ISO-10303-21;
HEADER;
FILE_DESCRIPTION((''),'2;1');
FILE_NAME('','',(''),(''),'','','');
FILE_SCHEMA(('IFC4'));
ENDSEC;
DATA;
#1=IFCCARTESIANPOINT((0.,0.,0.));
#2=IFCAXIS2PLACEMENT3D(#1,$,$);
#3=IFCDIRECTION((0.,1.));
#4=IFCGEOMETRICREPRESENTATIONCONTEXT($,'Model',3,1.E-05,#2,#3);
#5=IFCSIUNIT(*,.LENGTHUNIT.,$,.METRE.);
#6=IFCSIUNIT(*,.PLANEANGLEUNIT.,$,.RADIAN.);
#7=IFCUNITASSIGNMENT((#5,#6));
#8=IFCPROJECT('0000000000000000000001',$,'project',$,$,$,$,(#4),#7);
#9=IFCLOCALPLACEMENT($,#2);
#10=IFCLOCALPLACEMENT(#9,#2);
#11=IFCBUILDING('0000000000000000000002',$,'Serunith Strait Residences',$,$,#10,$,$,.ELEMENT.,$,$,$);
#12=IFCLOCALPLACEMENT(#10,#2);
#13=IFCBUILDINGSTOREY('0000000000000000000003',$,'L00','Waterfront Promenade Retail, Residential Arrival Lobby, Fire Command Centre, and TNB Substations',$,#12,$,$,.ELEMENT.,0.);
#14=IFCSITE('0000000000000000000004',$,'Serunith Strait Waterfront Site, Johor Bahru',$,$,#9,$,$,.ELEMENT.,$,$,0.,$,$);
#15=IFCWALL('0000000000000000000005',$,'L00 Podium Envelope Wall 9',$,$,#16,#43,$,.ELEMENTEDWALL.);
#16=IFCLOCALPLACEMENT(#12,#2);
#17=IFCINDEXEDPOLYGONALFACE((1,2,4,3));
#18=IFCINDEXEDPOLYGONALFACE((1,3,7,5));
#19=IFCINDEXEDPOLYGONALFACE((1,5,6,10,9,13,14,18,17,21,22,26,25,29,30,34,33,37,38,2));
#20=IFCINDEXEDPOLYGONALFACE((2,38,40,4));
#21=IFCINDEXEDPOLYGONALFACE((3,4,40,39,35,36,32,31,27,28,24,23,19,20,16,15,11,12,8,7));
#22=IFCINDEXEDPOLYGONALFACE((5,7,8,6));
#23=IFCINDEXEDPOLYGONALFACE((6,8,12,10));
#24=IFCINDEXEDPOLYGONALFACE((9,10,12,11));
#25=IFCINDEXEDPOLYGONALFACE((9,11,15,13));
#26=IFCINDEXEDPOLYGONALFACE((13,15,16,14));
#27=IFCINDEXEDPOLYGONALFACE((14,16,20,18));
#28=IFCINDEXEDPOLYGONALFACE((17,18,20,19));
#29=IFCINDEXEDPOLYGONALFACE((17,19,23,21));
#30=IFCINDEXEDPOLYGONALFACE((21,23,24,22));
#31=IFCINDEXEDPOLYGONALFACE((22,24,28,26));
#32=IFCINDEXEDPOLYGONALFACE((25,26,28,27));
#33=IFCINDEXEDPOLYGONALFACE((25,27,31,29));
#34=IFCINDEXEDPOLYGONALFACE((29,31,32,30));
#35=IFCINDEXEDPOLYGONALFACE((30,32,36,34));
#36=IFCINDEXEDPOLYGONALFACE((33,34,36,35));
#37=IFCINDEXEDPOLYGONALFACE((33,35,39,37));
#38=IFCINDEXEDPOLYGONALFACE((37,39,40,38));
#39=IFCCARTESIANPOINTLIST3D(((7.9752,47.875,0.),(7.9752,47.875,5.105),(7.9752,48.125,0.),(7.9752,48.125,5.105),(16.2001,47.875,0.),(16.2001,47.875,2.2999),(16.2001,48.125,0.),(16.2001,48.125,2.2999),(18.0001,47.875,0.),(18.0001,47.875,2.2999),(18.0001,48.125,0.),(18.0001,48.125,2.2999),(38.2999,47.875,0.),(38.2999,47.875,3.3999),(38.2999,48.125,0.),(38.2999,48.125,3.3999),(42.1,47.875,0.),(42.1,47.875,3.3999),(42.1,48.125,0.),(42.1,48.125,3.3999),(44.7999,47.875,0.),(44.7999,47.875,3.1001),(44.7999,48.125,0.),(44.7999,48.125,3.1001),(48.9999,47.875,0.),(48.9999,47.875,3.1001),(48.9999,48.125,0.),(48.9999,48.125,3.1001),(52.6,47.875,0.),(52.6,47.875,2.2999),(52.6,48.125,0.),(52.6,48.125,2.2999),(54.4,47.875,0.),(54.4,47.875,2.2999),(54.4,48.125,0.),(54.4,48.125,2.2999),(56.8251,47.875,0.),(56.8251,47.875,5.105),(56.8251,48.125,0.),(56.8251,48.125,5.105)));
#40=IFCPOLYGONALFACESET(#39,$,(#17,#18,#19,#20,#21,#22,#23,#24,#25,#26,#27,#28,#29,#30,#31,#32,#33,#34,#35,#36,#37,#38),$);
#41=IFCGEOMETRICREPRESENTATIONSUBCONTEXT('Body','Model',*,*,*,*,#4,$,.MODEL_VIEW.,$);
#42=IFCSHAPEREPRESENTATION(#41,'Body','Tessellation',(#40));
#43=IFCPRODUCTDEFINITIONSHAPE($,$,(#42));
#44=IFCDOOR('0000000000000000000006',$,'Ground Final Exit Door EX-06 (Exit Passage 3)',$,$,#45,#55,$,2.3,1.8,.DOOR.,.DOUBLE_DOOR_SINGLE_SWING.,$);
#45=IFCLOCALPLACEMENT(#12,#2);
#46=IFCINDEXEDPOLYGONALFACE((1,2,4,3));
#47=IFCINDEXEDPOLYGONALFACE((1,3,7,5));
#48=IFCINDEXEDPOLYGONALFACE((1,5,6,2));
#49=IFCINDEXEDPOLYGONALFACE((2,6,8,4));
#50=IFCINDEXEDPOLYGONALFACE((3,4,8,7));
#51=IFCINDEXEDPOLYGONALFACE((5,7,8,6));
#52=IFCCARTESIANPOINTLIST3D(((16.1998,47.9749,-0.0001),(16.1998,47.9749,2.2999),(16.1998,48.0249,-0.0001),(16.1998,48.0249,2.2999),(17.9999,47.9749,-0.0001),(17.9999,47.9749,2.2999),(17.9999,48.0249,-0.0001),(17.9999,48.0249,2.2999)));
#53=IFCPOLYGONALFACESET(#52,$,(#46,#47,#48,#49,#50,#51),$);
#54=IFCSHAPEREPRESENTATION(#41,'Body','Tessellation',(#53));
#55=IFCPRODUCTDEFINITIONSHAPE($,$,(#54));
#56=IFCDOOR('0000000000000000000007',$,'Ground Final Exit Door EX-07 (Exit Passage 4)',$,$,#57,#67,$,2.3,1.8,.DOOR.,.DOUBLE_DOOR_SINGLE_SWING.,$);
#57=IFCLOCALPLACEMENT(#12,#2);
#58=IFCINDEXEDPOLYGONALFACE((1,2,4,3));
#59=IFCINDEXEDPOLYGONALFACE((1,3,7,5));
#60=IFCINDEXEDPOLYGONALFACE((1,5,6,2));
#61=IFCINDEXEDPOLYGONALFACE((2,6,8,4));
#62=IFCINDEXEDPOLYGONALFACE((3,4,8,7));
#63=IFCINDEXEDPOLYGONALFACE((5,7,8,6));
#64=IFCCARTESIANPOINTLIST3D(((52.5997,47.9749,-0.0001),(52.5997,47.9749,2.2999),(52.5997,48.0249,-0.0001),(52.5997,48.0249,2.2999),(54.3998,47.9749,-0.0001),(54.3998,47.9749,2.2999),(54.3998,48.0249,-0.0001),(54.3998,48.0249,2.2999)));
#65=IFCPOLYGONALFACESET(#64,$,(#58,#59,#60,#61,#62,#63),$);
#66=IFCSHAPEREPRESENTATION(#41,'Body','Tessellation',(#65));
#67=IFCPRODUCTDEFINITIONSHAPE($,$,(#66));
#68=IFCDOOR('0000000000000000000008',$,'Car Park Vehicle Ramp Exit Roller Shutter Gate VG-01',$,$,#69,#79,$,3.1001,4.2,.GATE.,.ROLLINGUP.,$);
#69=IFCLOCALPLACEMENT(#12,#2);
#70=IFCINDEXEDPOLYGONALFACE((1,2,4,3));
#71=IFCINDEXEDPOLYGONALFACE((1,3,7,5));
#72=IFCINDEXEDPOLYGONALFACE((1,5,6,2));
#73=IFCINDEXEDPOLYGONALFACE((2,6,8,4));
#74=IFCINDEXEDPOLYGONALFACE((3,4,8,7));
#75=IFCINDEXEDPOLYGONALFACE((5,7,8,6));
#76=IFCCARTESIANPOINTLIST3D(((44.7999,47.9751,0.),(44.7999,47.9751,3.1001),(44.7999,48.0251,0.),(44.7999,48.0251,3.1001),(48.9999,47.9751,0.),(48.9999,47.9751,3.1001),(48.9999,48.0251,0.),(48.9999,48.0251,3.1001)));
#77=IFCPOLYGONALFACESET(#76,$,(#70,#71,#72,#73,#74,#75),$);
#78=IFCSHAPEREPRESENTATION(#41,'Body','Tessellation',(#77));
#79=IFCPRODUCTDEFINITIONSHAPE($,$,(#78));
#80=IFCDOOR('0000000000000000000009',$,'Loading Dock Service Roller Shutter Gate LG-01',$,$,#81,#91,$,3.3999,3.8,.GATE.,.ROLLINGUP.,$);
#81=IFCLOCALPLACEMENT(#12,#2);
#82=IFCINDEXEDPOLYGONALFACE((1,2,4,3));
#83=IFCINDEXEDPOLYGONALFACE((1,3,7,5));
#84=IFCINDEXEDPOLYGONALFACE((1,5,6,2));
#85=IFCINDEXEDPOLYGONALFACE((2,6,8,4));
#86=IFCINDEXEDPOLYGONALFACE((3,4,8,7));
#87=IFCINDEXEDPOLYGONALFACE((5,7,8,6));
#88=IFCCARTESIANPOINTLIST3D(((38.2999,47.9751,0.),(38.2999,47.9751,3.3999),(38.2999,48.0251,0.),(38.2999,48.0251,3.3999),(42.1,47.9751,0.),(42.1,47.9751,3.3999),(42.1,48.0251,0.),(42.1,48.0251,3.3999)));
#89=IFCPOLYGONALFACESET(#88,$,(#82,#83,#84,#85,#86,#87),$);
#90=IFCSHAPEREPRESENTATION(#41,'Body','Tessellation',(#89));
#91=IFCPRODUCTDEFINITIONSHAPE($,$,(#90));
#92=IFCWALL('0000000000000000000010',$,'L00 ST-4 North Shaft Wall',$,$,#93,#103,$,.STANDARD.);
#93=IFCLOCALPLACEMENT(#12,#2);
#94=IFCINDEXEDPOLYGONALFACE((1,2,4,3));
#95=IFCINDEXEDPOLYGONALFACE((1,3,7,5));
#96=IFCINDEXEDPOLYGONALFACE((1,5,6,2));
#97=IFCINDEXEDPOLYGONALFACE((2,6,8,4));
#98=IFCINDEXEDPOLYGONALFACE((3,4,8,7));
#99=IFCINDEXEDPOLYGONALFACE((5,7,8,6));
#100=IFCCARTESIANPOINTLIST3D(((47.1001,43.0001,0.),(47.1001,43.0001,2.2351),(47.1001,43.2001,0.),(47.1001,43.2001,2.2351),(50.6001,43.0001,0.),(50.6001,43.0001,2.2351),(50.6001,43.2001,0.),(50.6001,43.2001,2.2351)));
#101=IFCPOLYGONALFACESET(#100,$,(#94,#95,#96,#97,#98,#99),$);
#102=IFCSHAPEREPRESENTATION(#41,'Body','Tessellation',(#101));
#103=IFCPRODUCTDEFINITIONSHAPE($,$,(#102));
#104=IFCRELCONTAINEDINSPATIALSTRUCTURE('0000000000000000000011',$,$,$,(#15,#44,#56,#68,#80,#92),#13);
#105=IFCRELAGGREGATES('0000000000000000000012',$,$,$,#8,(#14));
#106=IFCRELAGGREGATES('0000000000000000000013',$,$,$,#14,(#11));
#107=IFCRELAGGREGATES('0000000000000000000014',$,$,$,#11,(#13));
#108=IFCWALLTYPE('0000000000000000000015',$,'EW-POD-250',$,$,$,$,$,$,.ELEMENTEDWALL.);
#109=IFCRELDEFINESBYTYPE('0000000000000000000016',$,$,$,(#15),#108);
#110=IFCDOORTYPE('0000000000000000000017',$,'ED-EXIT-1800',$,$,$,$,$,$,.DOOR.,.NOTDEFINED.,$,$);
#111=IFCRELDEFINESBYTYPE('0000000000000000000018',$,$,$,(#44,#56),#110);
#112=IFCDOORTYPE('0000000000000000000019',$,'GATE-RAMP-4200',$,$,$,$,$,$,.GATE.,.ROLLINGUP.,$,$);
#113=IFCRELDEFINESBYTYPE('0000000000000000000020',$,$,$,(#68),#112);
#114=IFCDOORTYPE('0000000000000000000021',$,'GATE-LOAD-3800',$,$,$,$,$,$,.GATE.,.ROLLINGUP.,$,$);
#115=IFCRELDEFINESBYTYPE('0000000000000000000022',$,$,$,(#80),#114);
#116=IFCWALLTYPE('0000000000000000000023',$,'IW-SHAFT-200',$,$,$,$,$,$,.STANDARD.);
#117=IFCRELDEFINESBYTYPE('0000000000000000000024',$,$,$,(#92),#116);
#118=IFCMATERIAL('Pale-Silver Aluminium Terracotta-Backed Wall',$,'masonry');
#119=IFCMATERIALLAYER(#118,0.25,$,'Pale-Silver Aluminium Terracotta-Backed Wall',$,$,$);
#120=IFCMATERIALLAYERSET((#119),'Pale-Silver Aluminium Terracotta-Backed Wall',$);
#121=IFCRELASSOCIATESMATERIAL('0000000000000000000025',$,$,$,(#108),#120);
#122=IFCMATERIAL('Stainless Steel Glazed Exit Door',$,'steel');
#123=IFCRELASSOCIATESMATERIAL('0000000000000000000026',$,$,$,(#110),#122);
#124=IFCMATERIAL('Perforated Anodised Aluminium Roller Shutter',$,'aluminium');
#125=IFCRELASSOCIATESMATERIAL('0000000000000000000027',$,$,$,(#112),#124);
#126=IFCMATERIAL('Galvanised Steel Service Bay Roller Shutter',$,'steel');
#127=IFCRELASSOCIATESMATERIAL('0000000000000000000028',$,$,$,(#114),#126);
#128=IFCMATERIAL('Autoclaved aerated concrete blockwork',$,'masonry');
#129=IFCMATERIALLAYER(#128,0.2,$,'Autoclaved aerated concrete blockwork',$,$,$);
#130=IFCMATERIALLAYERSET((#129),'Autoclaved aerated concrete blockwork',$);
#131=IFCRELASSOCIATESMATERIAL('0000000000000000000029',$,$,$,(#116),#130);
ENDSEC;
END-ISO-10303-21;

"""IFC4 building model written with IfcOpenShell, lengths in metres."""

from ifc_helpers import new_model, si_unit, direction, frame, frame_2d, origin, place, context, subcontext, project, spatial, rectangle, extrude, source, transform, mapped, material, layer, layer_set, type_object, element, fill, save


model = new_model("IFC4")

# Units and contexts
model_context = context("Model", 3, precision=1e-05, world=origin(), true_north=direction((0.0, 1.0)))
body_context = subcontext(model_context, "Body", "Model", "MODEL_VIEW")
ifc_project = project(units=[si_unit("LENGTHUNIT", "METRE"), si_unit("PLANEANGLEUNIT", "RADIAN")], contexts=[model_context])

# Site, building, storey
site_placement = place(None, origin())
site = spatial("IfcSite", under=ifc_project, at=site_placement, Name="Serunith Strait Waterfront Site, Johor Bahru", CompositionType="ELEMENT", RefElevation=0.0)
building_placement = place(site_placement, origin())
building = spatial("IfcBuilding", under=site, at=building_placement, Name="Serunith Strait Residences", CompositionType="ELEMENT")
storey_placement = place(building_placement, origin())
storey = spatial("IfcBuildingStorey", under=building, at=storey_placement, Name="L00", Description="Waterfront Promenade Retail, Residential Arrival Lobby, Fire Command Centre, and TNB Substations", CompositionType="ELEMENT", Elevation=0.0)

# Shared definitions
ifc_material_1 = material(Name="Pale-Silver Aluminium Terracotta-Backed Wall", Category="masonry")
ifc_layer_1 = layer(ifc_material_1, 0.25, Name="Pale-Silver Aluminium Terracotta-Backed Wall")
ifc_layer_set_1 = layer_set([ifc_layer_1], Name="Pale-Silver Aluminium Terracotta-Backed Wall")
wall_type_1 = type_object("IfcWallType", Name="EW-POD-250", PredefinedType="ELEMENTEDWALL", material=ifc_layer_set_1)

# Wall, openings, doors
wall_1_placement = place(storey_placement, frame((56.825, 48.0, 0.0), z_axis=(0.0, 0.0, 1.0), x_axis=(-1.0, 0.0, 0.0)))
wall_1 = element("IfcWall", 1, at=wall_1_placement, inside=storey, type_object=wall_type_1, Name="L00 Podium Envelope Wall 9", PredefinedType="ELEMENTEDWALL", context=body_context, shape_type="SweptSolid", body=[
    extrude(rectangle(XDim=48.8499, YDim=0.25, at=frame_2d((24.4248, 0.0))), origin(), (0.0, 0.0, 1.0), 5.105),
])
opening_1_placement = place(wall_1_placement, frame((7.825, 0.0, 0.0)))
opening_1 = element("IfcOpeningElement", 2, at=opening_1_placement, cuts=wall_1, PredefinedType="OPENING", context=body_context, shape_type="SweptSolid", body=[
    extrude(rectangle(XDim=4.2, YDim=3.1001, at=frame_2d((2.1001, 1.55))), frame((0.0, 0.135, 0.0), z_axis=(0.0, -1.0, 0.0), x_axis=(1.0, 0.0, 0.0)), (0.0, 0.0, 1.0), 0.27),
])
opening_2_placement = place(wall_1_placement, frame((14.7251, 0.0, 0.0)))
opening_2 = element("IfcOpeningElement", 3, at=opening_2_placement, cuts=wall_1, PredefinedType="OPENING", context=body_context, shape_type="SweptSolid", body=[
    extrude(rectangle(XDim=3.8, YDim=3.3999, at=frame_2d((1.8999, 1.7))), frame((0.0, 0.135, 0.0), z_axis=(0.0, -1.0, 0.0), x_axis=(1.0, 0.0, 0.0)), (0.0, 0.0, 1.0), 0.27),
])
opening_3_placement = place(wall_1_placement, frame((38.825, 0.0, 0.0)))
opening_3 = element("IfcOpeningElement", 4, at=opening_3_placement, cuts=wall_1, PredefinedType="OPENING", context=body_context, shape_type="SweptSolid", body=[
    extrude(rectangle(XDim=1.8, YDim=2.3, at=frame_2d((0.8999, 1.1499))), frame((0.0, 0.135, 0.0), z_axis=(0.0, -1.0, 0.0), x_axis=(1.0, 0.0, 0.0)), (0.0, 0.0, 1.0), 0.27),
])
opening_4_placement = place(wall_1_placement, frame((2.425, 0.0, 0.0)))
opening_4 = element("IfcOpeningElement", 5, at=opening_4_placement, cuts=wall_1, PredefinedType="OPENING", context=body_context, shape_type="SweptSolid", body=[
    extrude(rectangle(XDim=1.8, YDim=2.3, at=frame_2d((0.8999, 1.1499))), frame((0.0, 0.135, 0.0), z_axis=(0.0, -1.0, 0.0), x_axis=(1.0, 0.0, 0.0)), (0.0, 0.0, 1.0), 0.27),
])
ifc_material_2 = material(Name="Stainless Steel Glazed Exit Door", Category="steel")
door_type_1 = type_object("IfcDoorType", Name="ED-EXIT-1800", OperationType="NOTDEFINED", PredefinedType="DOOR", material=ifc_material_2)
shared_shape_1 = source(origin(), body_context, "Body", "SweptSolid", [
    extrude(rectangle(XDim=1.8, YDim=2.3, at=frame_2d((0.8999, 1.1499))), frame((0.0, 0.0249, 0.0), z_axis=(0.0, -1.0, 0.0), x_axis=(1.0, 0.0, 0.0)), (0.0, 0.0, 1.0), 0.05),
])
door_1_placement = place(opening_3_placement, frame((1.8, 0.0, 0.0), z_axis=(0.0, 0.0, 1.0), x_axis=(-1.0, 0.0, 0.0)))
door_1 = element("IfcDoor", 6, at=door_1_placement, inside=storey, type_object=door_type_1, Name="Ground Final Exit Door EX-06 (Exit Passage 3)", OperationType="DOUBLE_DOOR_SINGLE_SWING", OverallHeight=2.3, OverallWidth=1.8, PredefinedType="DOOR", context=body_context, shape_type="MappedRepresentation", body=[
    mapped(shared_shape_1, transform((0.0, 0.0, 0.0), scale=1.0)),
])
fill(opening_3, door_1)
door_2_placement = place(opening_4_placement, frame((1.8, 0.0, 0.0), z_axis=(0.0, 0.0, 1.0), x_axis=(-1.0, 0.0, 0.0)))
door_2 = element("IfcDoor", 7, at=door_2_placement, inside=storey, type_object=door_type_1, Name="Ground Final Exit Door EX-07 (Exit Passage 4)", OperationType="DOUBLE_DOOR_SINGLE_SWING", OverallHeight=2.3, OverallWidth=1.8, PredefinedType="DOOR", context=body_context, shape_type="MappedRepresentation", body=[
    mapped(shared_shape_1, transform((0.0, 0.0, 0.0), scale=1.0)),
])
fill(opening_4, door_2)
ifc_material_3 = material(Name="Perforated Anodised Aluminium Roller Shutter", Category="aluminium")
door_type_2 = type_object("IfcDoorType", Name="GATE-RAMP-4200", OperationType="ROLLINGUP", PredefinedType="GATE", material=ifc_material_3)
shared_shape_2 = source(origin(), body_context, "Body", "SweptSolid", [
    extrude(rectangle(XDim=4.2, YDim=3.1001, at=frame_2d((2.1001, 1.55))), frame((0.0, 0.0249, 0.0), z_axis=(0.0, -1.0, 0.0), x_axis=(1.0, 0.0, 0.0)), (0.0, 0.0, 1.0), 0.05),
])
door_3_placement = place(opening_1_placement, origin())
door_3 = element("IfcDoor", 8, at=door_3_placement, inside=storey, type_object=door_type_2, Name="Car Park Vehicle Ramp Exit Roller Shutter Gate VG-01", OperationType="ROLLINGUP", OverallHeight=3.1001, OverallWidth=4.2, PredefinedType="GATE", context=body_context, shape_type="MappedRepresentation", body=[
    mapped(shared_shape_2, transform((0.0, 0.0, 0.0), scale=1.0)),
])
fill(opening_1, door_3)
ifc_material_4 = material(Name="Galvanised Steel Service Bay Roller Shutter", Category="steel")
door_type_3 = type_object("IfcDoorType", Name="GATE-LOAD-3800", OperationType="ROLLINGUP", PredefinedType="GATE", material=ifc_material_4)
shared_shape_3 = source(origin(), body_context, "Body", "SweptSolid", [
    extrude(rectangle(XDim=3.8, YDim=3.3999, at=frame_2d((1.8999, 1.7))), frame((0.0, 0.0249, 0.0), z_axis=(0.0, -1.0, 0.0), x_axis=(1.0, 0.0, 0.0)), (0.0, 0.0, 1.0), 0.05),
])
door_4_placement = place(opening_2_placement, origin())
door_4 = element("IfcDoor", 9, at=door_4_placement, inside=storey, type_object=door_type_3, Name="Loading Dock Service Roller Shutter Gate LG-01", OperationType="ROLLINGUP", OverallHeight=3.3999, OverallWidth=3.8, PredefinedType="GATE", context=body_context, shape_type="MappedRepresentation", body=[
    mapped(shared_shape_3, transform((0.0, 0.0, 0.0), scale=1.0)),
])
fill(opening_2, door_4)

# Wall
ifc_material_5 = material(Name="Autoclaved aerated concrete blockwork", Category="masonry")
ifc_layer_2 = layer(ifc_material_5, 0.2, Name="Autoclaved aerated concrete blockwork")
ifc_layer_set_2 = layer_set([ifc_layer_2], Name="Autoclaved aerated concrete blockwork")
wall_type_2 = type_object("IfcWallType", Name="IW-SHAFT-200", PredefinedType="STANDARD", material=ifc_layer_set_2)
wall_2_placement = place(storey_placement, frame((47.1001, 43.1001, 0.0), z_axis=(0.0, 0.0, 1.0), x_axis=(1.0, 0.0, 0.0)))
element("IfcWall", 10, at=wall_2_placement, inside=storey, type_object=wall_type_2, Name="L00 ST-4 North Shaft Wall", PredefinedType="STANDARD", context=body_context, shape_type="SweptSolid", body=[
    extrude(rectangle(XDim=3.5, YDim=0.2, at=frame_2d((1.75, 0.0))), origin(), (0.0, 0.0, 1.0), 2.2351),
])

save(model, "model.ifc")
